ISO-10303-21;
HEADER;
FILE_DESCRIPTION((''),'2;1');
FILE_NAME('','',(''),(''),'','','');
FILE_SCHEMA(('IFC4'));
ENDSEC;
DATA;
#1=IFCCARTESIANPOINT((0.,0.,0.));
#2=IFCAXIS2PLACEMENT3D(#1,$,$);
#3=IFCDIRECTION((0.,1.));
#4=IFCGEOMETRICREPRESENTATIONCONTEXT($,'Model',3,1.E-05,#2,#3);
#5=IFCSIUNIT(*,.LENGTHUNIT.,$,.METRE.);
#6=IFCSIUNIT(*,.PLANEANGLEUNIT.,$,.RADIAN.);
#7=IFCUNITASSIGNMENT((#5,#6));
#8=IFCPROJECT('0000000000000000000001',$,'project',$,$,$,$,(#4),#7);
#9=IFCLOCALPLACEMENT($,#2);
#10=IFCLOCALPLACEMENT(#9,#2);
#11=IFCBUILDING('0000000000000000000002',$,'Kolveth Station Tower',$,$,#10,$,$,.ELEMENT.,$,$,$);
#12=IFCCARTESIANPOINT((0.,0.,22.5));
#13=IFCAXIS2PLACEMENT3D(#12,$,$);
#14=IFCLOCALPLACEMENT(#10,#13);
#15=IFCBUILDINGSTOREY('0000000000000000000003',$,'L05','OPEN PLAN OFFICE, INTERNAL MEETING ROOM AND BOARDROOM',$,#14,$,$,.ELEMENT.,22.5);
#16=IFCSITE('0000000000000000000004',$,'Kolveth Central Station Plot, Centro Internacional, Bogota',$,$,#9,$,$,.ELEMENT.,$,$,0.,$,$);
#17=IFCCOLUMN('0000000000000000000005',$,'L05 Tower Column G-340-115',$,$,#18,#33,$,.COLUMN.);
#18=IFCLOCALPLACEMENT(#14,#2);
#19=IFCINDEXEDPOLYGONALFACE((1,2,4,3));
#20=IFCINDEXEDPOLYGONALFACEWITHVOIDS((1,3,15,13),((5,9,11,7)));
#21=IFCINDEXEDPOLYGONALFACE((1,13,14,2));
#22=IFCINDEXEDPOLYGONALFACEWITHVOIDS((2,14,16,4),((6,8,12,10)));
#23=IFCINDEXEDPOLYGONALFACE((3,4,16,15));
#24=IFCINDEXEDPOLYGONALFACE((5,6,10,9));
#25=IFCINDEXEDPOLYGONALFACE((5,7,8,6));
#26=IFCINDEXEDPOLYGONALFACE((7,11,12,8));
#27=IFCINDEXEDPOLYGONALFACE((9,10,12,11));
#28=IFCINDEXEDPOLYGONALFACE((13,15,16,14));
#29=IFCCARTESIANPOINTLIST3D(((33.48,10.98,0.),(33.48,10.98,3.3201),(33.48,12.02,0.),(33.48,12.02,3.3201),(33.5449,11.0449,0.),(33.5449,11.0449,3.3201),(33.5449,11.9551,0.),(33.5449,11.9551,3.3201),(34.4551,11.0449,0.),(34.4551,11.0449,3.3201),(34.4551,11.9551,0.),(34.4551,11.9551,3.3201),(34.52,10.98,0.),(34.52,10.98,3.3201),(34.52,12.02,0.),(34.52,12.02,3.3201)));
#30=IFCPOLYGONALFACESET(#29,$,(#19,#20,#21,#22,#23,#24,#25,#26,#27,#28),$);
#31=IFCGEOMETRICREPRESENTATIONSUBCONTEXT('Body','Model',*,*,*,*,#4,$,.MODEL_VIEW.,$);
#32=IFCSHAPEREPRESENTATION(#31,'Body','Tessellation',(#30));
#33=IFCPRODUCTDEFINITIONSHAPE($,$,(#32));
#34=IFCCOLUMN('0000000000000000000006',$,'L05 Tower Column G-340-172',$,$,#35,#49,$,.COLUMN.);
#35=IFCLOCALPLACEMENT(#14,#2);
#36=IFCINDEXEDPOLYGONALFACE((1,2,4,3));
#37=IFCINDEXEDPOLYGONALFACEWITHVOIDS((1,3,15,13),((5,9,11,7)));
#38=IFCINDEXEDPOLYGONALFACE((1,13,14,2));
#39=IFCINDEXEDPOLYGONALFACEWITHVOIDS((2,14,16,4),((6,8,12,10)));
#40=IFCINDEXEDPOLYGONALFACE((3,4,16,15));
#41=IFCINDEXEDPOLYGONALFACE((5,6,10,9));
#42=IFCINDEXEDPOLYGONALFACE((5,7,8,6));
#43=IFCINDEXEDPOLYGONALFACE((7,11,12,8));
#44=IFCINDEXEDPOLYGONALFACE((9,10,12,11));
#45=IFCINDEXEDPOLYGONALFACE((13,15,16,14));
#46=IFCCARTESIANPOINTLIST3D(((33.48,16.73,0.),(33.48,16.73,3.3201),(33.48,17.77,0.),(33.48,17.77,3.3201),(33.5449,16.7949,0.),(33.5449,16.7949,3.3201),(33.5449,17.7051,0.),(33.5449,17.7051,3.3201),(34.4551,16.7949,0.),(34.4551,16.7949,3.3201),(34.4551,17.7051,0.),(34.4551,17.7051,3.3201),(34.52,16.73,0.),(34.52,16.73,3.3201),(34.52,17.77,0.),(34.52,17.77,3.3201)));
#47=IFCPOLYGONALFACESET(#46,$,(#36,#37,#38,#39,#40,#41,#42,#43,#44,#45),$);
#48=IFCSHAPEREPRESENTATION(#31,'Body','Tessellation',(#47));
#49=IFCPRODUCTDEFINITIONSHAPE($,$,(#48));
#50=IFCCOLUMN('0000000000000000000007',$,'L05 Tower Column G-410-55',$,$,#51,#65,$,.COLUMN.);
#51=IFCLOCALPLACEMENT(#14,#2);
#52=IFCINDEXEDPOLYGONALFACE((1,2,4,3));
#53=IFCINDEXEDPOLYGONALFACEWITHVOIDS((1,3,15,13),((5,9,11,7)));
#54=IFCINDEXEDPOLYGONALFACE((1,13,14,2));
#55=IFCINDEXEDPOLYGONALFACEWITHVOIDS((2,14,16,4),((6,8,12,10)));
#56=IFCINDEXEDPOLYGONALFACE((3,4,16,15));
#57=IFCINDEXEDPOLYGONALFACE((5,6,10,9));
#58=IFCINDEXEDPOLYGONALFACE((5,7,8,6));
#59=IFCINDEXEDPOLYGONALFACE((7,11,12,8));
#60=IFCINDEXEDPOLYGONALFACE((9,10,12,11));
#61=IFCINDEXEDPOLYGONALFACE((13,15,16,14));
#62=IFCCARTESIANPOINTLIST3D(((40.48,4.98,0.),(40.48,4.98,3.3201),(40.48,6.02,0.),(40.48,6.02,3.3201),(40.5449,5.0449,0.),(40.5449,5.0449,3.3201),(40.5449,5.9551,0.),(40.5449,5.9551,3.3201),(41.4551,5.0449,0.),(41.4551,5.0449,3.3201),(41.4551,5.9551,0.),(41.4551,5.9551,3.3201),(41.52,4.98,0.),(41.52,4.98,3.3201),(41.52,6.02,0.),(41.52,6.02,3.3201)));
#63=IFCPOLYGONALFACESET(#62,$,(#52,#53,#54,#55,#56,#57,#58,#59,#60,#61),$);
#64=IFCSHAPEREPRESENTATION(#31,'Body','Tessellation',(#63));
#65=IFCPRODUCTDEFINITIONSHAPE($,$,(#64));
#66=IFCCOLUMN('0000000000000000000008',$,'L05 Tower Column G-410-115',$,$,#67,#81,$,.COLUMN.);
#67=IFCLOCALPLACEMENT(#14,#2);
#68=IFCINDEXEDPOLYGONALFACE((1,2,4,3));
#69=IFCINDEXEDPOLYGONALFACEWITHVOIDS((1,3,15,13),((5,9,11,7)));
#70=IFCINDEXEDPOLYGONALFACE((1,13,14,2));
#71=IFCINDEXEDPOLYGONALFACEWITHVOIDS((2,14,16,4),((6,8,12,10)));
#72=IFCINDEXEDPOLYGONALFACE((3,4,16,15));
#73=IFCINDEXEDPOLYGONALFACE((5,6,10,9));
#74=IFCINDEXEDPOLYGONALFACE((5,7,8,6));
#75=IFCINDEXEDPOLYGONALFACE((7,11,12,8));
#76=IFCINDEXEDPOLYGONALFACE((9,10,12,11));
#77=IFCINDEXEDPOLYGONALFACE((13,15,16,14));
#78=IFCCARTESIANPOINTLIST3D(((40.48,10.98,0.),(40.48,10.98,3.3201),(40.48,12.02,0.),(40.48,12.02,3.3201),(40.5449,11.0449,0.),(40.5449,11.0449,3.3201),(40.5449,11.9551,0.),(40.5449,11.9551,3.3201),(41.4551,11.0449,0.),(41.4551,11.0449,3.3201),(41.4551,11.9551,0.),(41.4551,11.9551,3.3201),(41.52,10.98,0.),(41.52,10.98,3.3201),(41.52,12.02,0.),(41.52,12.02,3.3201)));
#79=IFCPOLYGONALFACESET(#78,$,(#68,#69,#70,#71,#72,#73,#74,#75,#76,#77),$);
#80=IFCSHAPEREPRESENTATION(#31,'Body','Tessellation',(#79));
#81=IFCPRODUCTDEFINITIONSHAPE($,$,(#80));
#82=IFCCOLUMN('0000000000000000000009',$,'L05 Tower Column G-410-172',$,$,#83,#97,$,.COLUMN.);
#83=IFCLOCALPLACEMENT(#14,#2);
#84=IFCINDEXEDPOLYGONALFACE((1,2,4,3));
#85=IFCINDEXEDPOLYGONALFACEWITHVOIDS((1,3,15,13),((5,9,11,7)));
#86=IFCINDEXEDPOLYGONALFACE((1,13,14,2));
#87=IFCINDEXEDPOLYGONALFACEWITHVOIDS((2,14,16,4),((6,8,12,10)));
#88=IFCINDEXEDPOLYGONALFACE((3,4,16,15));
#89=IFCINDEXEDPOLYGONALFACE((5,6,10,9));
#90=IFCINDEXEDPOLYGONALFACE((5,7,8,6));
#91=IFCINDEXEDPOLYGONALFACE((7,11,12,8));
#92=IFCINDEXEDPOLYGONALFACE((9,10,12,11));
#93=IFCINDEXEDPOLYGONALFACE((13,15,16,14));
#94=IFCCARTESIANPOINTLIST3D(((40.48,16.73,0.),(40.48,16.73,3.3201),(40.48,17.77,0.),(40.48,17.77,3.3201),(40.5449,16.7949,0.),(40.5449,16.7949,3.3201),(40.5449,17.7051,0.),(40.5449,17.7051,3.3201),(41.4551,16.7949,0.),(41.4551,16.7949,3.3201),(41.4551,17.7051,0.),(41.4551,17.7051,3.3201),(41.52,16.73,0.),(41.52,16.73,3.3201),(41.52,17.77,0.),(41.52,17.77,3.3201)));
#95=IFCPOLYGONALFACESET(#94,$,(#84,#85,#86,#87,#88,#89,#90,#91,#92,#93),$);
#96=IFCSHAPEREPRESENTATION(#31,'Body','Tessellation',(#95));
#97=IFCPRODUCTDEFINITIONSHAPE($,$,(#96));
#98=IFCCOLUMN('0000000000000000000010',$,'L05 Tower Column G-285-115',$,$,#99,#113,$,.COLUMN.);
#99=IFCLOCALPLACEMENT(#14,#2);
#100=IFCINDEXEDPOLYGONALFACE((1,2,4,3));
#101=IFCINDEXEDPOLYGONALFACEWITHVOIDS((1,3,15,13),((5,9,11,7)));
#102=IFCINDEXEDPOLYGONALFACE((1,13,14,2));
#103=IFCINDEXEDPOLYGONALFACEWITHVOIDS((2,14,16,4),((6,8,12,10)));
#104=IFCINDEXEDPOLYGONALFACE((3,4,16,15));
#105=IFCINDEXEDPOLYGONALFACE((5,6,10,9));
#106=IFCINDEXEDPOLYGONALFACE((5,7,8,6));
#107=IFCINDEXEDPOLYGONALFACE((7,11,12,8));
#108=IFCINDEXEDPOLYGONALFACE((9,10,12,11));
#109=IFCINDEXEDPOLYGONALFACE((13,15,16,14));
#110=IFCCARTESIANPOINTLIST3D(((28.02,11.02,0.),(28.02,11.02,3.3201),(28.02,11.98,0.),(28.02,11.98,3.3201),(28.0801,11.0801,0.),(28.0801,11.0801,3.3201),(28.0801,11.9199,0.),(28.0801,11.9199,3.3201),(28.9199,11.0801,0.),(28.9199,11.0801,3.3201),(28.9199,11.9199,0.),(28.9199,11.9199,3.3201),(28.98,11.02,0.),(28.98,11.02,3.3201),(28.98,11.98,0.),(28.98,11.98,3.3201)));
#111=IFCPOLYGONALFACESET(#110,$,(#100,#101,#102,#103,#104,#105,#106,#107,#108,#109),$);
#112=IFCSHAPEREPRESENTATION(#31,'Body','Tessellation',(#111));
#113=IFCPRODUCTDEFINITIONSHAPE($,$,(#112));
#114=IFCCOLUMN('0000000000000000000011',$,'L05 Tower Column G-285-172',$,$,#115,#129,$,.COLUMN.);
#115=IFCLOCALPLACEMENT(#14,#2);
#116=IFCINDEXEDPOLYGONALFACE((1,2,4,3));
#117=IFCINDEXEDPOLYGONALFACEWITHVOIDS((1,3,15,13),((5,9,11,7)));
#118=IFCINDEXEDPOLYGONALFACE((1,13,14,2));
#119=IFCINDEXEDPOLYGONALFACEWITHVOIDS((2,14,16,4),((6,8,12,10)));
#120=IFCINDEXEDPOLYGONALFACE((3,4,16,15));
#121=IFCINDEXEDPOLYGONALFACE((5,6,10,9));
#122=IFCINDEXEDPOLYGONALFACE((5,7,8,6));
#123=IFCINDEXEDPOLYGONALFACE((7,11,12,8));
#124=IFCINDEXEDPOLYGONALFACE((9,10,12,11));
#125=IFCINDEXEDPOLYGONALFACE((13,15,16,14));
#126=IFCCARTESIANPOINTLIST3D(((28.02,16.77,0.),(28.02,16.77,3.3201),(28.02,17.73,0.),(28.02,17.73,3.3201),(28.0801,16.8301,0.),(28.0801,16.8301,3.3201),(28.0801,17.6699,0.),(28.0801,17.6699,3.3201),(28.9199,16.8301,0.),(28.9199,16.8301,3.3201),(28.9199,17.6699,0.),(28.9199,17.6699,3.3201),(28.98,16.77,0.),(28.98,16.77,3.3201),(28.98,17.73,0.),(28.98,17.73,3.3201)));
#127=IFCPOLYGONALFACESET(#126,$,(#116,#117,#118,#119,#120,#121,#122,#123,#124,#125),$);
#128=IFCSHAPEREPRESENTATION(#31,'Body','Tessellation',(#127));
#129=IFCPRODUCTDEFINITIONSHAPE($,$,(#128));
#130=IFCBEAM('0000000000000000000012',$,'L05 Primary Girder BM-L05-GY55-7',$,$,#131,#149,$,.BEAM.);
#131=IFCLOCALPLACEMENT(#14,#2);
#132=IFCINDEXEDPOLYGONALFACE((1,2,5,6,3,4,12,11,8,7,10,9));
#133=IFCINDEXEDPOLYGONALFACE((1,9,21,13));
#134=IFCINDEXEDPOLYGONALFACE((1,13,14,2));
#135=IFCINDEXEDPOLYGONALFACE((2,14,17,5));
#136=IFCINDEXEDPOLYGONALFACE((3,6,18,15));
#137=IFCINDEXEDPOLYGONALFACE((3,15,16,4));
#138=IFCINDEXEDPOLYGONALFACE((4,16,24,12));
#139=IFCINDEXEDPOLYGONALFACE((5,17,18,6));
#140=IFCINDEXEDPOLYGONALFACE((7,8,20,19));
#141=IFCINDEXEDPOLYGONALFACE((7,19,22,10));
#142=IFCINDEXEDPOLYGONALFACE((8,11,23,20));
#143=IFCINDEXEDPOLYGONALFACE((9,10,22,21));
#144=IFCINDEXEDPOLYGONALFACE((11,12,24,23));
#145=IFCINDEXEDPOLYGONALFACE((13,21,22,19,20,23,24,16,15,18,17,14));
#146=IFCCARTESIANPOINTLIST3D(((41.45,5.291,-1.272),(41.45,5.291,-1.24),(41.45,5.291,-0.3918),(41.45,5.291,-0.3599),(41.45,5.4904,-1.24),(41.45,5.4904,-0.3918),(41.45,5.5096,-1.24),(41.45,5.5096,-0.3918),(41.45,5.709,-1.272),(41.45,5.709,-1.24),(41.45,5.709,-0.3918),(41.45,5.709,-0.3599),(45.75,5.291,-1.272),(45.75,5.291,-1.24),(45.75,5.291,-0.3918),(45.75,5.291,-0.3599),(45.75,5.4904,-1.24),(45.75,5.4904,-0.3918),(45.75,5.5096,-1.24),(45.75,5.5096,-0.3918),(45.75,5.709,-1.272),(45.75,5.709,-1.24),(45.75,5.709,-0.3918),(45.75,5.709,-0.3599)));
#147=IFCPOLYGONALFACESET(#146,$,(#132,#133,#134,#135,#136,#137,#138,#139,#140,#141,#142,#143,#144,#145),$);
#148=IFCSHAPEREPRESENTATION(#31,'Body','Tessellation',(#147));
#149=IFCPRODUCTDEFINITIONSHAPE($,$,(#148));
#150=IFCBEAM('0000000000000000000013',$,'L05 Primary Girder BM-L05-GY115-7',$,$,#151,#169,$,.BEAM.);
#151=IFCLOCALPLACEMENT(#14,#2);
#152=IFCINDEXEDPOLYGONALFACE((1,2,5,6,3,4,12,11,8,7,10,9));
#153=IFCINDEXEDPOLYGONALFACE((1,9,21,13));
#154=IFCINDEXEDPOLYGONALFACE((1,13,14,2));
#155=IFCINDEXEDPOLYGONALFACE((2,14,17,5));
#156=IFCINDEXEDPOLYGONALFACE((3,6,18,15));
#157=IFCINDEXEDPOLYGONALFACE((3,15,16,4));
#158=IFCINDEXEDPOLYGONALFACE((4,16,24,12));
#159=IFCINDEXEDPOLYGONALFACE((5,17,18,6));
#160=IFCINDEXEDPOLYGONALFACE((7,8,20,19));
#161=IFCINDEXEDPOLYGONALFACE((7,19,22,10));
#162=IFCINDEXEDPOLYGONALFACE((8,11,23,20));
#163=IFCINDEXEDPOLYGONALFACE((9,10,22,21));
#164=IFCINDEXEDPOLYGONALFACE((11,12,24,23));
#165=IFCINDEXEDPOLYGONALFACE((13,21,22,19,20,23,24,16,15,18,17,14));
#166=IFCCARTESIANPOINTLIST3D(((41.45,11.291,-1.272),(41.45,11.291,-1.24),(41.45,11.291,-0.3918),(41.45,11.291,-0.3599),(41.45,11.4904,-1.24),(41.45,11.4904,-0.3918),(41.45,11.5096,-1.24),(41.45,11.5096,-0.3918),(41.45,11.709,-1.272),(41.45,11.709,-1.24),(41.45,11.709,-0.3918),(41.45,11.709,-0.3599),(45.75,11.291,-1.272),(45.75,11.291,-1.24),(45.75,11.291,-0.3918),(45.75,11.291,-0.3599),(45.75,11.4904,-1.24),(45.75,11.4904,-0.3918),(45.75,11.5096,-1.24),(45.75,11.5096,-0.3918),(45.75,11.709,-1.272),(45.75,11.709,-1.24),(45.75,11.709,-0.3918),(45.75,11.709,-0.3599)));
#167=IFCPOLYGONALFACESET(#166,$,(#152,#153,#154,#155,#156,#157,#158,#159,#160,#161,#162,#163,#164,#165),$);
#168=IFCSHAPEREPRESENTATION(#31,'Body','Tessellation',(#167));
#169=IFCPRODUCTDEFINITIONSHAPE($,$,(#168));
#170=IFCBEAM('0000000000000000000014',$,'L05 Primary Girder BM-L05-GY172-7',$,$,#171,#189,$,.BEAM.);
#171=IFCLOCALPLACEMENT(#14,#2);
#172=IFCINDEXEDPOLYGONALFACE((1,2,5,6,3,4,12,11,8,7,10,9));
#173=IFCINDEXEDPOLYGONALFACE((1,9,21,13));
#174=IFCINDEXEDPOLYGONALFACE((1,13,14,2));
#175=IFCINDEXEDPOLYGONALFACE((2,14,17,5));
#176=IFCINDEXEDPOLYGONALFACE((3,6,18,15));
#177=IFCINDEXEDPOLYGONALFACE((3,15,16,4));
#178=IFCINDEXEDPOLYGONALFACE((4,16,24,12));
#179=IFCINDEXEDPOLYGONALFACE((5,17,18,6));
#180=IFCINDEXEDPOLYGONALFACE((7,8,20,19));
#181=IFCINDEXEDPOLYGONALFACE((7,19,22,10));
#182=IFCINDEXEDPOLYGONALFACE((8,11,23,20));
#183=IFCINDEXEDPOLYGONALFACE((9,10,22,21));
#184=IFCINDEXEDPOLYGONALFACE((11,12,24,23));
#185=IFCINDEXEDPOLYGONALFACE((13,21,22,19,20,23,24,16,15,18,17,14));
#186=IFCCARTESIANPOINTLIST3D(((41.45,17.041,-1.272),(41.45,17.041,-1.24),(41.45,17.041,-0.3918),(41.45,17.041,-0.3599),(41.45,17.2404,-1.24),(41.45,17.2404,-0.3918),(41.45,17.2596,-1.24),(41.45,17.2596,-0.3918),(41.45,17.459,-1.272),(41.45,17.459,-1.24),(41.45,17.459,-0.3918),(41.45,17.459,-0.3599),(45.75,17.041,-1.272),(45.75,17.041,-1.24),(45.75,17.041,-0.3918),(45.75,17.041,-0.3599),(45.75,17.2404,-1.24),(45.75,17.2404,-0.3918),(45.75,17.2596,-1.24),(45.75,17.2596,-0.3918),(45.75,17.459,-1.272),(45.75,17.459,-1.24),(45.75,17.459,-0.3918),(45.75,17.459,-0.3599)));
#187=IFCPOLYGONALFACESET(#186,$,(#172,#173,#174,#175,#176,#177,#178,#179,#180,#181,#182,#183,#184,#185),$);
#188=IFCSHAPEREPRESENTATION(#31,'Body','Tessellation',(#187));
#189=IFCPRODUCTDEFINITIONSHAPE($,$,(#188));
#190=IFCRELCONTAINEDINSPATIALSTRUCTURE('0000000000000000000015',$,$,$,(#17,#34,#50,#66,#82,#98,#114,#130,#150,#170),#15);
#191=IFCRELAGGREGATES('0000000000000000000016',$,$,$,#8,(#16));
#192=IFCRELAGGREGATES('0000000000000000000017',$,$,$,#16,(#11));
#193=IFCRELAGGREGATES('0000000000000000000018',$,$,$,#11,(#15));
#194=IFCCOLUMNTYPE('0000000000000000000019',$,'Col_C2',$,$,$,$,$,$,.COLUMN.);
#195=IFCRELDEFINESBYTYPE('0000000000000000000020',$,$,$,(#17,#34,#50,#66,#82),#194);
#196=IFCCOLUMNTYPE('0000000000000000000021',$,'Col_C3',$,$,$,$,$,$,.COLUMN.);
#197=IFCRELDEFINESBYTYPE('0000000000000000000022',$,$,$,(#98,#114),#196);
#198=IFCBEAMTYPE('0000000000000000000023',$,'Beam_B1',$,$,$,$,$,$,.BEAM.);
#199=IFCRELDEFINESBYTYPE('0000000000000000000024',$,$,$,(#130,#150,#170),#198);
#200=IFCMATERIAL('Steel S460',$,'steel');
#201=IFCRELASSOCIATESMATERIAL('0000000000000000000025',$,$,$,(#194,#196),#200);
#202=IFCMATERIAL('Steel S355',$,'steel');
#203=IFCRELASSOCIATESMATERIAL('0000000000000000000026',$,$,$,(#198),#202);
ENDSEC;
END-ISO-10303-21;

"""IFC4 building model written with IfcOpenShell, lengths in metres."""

from ifc_helpers import new_model, si_unit, direction, frame, origin, origin_2d, place, context, subcontext, project, spatial, hollow_rectangle, i_section, extrude, source, transform, mapped, material, material_profile, profile_set, type_object, element, save


model = new_model("IFC4")

# Units and contexts
model_context = context("Model", 3, precision=1e-05, world=origin(), true_north=direction((0.0, 1.0)))
body_context = subcontext(model_context, "Body", "Model", "MODEL_VIEW")
ifc_project = project(units=[si_unit("LENGTHUNIT", "METRE"), si_unit("PLANEANGLEUNIT", "RADIAN")], contexts=[model_context])

# Site, building, storey
site_placement = place(None, origin())
site = spatial("IfcSite", under=ifc_project, at=site_placement, Name="Kolveth Central Station Plot, Centro Internacional, Bogota", CompositionType="ELEMENT", RefElevation=0.0)
building_placement = place(site_placement, origin())
building = spatial("IfcBuilding", under=site, at=building_placement, Name="Kolveth Station Tower", CompositionType="ELEMENT")
storey_placement = place(building_placement, frame((0.0, 0.0, 22.5)))
storey = spatial("IfcBuildingStorey", under=building, at=storey_placement, Name="L05", Description="OPEN PLAN OFFICE, INTERNAL MEETING ROOM AND BOARDROOM", CompositionType="ELEMENT", Elevation=22.5)

# Columns
ifc_material_1 = material(Name="Steel S460", Category="steel")
ifc_material_profile_1 = material_profile(ifc_material_1, hollow_rectangle(XDim=1.04, YDim=1.04, WallThickness=0.0649, at=origin_2d()), Name="BOX1040x1040x65")
ifc_profile_set_1 = profile_set([ifc_material_profile_1], Name="Steel S460")
column_type_1 = type_object("IfcColumnType", Name="Col_C2", PredefinedType="COLUMN", material=ifc_profile_set_1)
shared_shape_1 = source(origin(), body_context, "Body", "SweptSolid", [
    extrude(hollow_rectangle(XDim=1.04, YDim=1.04, WallThickness=0.0649, at=origin_2d()), origin(), (0.0, 0.0, 1.0), 3.3201),
])
for number, where, z_axis, x_axis, name in (
    (1, (34.0, 11.5, 0.0), (0.0, 0.0, 1.0), (1.0, 0.0, 0.0), "L05 Tower Column G-340-115"),
    (2, (34.0, 17.25, 0.0), (0.0, 0.0, 1.0), (1.0, 0.0, 0.0), "L05 Tower Column G-340-172"),
    (3, (41.0, 5.5, 0.0), (0.0, 0.0, 1.0), (1.0, 0.0, 0.0), "L05 Tower Column G-410-55"),
    (4, (41.0, 11.5, 0.0), (0.0, 0.0, 1.0), (1.0, 0.0, 0.0), "L05 Tower Column G-410-115"),
    (5, (41.0, 17.25, 0.0), (0.0, 0.0, 1.0), (1.0, 0.0, 0.0), "L05 Tower Column G-410-172"),
):
    element("IfcColumn", number, at=place(storey_placement, frame(where, z_axis=z_axis, x_axis=x_axis)), inside=storey, type_object=column_type_1, Name=name, PredefinedType="COLUMN", context=body_context, shape_type="MappedRepresentation", body=[
        mapped(shared_shape_1, transform((0.0, 0.0, 0.0), x_axis=(1.0, 0.0, 0.0), y_axis=(0.0, 1.0, 0.0), z_axis=(0.0, 0.0, 1.0), scale=1.0)),
    ])
ifc_material_profile_2 = material_profile(ifc_material_1, hollow_rectangle(XDim=0.96, YDim=0.96, WallThickness=0.0601, at=origin_2d()), Name="BOX960x960x60")
ifc_profile_set_2 = profile_set([ifc_material_profile_2], Name="Steel S460")
column_type_2 = type_object("IfcColumnType", Name="Col_C3", PredefinedType="COLUMN", material=ifc_profile_set_2)
shared_shape_2 = source(origin(), body_context, "Body", "SweptSolid", [
    extrude(hollow_rectangle(XDim=0.96, YDim=0.96, WallThickness=0.0601, at=origin_2d()), origin(), (0.0, 0.0, 1.0), 3.3201),
])
for number, where, z_axis, x_axis, name in (
    (6, (28.5, 11.5, 0.0), (0.0, 0.0, 1.0), (1.0, 0.0, 0.0), "L05 Tower Column G-285-115"),
    (7, (28.5, 17.25, 0.0), (0.0, 0.0, 1.0), (1.0, 0.0, 0.0), "L05 Tower Column G-285-172"),
):
    element("IfcColumn", number, at=place(storey_placement, frame(where, z_axis=z_axis, x_axis=x_axis)), inside=storey, type_object=column_type_2, Name=name, PredefinedType="COLUMN", context=body_context, shape_type="MappedRepresentation", body=[
        mapped(shared_shape_2, transform((0.0, 0.0, 0.0), x_axis=(1.0, 0.0, 0.0), y_axis=(0.0, 1.0, 0.0), z_axis=(0.0, 0.0, 1.0), scale=1.0)),
    ])

# Beams
ifc_material_2 = material(Name="Steel S355", Category="steel")
ifc_material_profile_3 = material_profile(ifc_material_2, i_section(OverallWidth=0.418, OverallDepth=0.9121, WebThickness=0.0193, FlangeThickness=0.032, at=origin_2d()), Name="W920x342")
ifc_profile_set_3 = profile_set([ifc_material_profile_3], Name="Steel S355")
beam_type_1 = type_object("IfcBeamType", Name="Beam_B1", PredefinedType="BEAM", material=ifc_profile_set_3)
shared_shape_3 = source(origin(), body_context, "Body", "SweptSolid", [
    extrude(i_section(OverallWidth=0.418, OverallDepth=0.9121, WebThickness=0.0193, FlangeThickness=0.032, at=origin_2d()), origin(), (0.0, 0.0, 1.0), 4.3),
])
for number, where, z_axis, x_axis, name in (
    (8, (41.45, 5.5, -0.8159), (1.0, 0.0, 0.0), (0.0, 1.0, 0.0), "L05 Primary Girder BM-L05-GY55-7"),
    (9, (41.45, 11.5, -0.8159), (1.0, 0.0, 0.0), (0.0, 1.0, 0.0), "L05 Primary Girder BM-L05-GY115-7"),
    (10, (41.45, 17.25, -0.8159), (1.0, 0.0, 0.0), (0.0, 1.0, 0.0), "L05 Primary Girder BM-L05-GY172-7"),
):
    element("IfcBeam", number, at=place(storey_placement, frame(where, z_axis=z_axis, x_axis=x_axis)), inside=storey, type_object=beam_type_1, Name=name, PredefinedType="BEAM", context=body_context, shape_type="MappedRepresentation", body=[
        mapped(shared_shape_3, transform((0.0, 0.0, 0.0), x_axis=(1.0, 0.0, 0.0), y_axis=(0.0, 1.0, 0.0), z_axis=(0.0, 0.0, 1.0), scale=1.0)),
    ])

save(model, "model.ifc")
